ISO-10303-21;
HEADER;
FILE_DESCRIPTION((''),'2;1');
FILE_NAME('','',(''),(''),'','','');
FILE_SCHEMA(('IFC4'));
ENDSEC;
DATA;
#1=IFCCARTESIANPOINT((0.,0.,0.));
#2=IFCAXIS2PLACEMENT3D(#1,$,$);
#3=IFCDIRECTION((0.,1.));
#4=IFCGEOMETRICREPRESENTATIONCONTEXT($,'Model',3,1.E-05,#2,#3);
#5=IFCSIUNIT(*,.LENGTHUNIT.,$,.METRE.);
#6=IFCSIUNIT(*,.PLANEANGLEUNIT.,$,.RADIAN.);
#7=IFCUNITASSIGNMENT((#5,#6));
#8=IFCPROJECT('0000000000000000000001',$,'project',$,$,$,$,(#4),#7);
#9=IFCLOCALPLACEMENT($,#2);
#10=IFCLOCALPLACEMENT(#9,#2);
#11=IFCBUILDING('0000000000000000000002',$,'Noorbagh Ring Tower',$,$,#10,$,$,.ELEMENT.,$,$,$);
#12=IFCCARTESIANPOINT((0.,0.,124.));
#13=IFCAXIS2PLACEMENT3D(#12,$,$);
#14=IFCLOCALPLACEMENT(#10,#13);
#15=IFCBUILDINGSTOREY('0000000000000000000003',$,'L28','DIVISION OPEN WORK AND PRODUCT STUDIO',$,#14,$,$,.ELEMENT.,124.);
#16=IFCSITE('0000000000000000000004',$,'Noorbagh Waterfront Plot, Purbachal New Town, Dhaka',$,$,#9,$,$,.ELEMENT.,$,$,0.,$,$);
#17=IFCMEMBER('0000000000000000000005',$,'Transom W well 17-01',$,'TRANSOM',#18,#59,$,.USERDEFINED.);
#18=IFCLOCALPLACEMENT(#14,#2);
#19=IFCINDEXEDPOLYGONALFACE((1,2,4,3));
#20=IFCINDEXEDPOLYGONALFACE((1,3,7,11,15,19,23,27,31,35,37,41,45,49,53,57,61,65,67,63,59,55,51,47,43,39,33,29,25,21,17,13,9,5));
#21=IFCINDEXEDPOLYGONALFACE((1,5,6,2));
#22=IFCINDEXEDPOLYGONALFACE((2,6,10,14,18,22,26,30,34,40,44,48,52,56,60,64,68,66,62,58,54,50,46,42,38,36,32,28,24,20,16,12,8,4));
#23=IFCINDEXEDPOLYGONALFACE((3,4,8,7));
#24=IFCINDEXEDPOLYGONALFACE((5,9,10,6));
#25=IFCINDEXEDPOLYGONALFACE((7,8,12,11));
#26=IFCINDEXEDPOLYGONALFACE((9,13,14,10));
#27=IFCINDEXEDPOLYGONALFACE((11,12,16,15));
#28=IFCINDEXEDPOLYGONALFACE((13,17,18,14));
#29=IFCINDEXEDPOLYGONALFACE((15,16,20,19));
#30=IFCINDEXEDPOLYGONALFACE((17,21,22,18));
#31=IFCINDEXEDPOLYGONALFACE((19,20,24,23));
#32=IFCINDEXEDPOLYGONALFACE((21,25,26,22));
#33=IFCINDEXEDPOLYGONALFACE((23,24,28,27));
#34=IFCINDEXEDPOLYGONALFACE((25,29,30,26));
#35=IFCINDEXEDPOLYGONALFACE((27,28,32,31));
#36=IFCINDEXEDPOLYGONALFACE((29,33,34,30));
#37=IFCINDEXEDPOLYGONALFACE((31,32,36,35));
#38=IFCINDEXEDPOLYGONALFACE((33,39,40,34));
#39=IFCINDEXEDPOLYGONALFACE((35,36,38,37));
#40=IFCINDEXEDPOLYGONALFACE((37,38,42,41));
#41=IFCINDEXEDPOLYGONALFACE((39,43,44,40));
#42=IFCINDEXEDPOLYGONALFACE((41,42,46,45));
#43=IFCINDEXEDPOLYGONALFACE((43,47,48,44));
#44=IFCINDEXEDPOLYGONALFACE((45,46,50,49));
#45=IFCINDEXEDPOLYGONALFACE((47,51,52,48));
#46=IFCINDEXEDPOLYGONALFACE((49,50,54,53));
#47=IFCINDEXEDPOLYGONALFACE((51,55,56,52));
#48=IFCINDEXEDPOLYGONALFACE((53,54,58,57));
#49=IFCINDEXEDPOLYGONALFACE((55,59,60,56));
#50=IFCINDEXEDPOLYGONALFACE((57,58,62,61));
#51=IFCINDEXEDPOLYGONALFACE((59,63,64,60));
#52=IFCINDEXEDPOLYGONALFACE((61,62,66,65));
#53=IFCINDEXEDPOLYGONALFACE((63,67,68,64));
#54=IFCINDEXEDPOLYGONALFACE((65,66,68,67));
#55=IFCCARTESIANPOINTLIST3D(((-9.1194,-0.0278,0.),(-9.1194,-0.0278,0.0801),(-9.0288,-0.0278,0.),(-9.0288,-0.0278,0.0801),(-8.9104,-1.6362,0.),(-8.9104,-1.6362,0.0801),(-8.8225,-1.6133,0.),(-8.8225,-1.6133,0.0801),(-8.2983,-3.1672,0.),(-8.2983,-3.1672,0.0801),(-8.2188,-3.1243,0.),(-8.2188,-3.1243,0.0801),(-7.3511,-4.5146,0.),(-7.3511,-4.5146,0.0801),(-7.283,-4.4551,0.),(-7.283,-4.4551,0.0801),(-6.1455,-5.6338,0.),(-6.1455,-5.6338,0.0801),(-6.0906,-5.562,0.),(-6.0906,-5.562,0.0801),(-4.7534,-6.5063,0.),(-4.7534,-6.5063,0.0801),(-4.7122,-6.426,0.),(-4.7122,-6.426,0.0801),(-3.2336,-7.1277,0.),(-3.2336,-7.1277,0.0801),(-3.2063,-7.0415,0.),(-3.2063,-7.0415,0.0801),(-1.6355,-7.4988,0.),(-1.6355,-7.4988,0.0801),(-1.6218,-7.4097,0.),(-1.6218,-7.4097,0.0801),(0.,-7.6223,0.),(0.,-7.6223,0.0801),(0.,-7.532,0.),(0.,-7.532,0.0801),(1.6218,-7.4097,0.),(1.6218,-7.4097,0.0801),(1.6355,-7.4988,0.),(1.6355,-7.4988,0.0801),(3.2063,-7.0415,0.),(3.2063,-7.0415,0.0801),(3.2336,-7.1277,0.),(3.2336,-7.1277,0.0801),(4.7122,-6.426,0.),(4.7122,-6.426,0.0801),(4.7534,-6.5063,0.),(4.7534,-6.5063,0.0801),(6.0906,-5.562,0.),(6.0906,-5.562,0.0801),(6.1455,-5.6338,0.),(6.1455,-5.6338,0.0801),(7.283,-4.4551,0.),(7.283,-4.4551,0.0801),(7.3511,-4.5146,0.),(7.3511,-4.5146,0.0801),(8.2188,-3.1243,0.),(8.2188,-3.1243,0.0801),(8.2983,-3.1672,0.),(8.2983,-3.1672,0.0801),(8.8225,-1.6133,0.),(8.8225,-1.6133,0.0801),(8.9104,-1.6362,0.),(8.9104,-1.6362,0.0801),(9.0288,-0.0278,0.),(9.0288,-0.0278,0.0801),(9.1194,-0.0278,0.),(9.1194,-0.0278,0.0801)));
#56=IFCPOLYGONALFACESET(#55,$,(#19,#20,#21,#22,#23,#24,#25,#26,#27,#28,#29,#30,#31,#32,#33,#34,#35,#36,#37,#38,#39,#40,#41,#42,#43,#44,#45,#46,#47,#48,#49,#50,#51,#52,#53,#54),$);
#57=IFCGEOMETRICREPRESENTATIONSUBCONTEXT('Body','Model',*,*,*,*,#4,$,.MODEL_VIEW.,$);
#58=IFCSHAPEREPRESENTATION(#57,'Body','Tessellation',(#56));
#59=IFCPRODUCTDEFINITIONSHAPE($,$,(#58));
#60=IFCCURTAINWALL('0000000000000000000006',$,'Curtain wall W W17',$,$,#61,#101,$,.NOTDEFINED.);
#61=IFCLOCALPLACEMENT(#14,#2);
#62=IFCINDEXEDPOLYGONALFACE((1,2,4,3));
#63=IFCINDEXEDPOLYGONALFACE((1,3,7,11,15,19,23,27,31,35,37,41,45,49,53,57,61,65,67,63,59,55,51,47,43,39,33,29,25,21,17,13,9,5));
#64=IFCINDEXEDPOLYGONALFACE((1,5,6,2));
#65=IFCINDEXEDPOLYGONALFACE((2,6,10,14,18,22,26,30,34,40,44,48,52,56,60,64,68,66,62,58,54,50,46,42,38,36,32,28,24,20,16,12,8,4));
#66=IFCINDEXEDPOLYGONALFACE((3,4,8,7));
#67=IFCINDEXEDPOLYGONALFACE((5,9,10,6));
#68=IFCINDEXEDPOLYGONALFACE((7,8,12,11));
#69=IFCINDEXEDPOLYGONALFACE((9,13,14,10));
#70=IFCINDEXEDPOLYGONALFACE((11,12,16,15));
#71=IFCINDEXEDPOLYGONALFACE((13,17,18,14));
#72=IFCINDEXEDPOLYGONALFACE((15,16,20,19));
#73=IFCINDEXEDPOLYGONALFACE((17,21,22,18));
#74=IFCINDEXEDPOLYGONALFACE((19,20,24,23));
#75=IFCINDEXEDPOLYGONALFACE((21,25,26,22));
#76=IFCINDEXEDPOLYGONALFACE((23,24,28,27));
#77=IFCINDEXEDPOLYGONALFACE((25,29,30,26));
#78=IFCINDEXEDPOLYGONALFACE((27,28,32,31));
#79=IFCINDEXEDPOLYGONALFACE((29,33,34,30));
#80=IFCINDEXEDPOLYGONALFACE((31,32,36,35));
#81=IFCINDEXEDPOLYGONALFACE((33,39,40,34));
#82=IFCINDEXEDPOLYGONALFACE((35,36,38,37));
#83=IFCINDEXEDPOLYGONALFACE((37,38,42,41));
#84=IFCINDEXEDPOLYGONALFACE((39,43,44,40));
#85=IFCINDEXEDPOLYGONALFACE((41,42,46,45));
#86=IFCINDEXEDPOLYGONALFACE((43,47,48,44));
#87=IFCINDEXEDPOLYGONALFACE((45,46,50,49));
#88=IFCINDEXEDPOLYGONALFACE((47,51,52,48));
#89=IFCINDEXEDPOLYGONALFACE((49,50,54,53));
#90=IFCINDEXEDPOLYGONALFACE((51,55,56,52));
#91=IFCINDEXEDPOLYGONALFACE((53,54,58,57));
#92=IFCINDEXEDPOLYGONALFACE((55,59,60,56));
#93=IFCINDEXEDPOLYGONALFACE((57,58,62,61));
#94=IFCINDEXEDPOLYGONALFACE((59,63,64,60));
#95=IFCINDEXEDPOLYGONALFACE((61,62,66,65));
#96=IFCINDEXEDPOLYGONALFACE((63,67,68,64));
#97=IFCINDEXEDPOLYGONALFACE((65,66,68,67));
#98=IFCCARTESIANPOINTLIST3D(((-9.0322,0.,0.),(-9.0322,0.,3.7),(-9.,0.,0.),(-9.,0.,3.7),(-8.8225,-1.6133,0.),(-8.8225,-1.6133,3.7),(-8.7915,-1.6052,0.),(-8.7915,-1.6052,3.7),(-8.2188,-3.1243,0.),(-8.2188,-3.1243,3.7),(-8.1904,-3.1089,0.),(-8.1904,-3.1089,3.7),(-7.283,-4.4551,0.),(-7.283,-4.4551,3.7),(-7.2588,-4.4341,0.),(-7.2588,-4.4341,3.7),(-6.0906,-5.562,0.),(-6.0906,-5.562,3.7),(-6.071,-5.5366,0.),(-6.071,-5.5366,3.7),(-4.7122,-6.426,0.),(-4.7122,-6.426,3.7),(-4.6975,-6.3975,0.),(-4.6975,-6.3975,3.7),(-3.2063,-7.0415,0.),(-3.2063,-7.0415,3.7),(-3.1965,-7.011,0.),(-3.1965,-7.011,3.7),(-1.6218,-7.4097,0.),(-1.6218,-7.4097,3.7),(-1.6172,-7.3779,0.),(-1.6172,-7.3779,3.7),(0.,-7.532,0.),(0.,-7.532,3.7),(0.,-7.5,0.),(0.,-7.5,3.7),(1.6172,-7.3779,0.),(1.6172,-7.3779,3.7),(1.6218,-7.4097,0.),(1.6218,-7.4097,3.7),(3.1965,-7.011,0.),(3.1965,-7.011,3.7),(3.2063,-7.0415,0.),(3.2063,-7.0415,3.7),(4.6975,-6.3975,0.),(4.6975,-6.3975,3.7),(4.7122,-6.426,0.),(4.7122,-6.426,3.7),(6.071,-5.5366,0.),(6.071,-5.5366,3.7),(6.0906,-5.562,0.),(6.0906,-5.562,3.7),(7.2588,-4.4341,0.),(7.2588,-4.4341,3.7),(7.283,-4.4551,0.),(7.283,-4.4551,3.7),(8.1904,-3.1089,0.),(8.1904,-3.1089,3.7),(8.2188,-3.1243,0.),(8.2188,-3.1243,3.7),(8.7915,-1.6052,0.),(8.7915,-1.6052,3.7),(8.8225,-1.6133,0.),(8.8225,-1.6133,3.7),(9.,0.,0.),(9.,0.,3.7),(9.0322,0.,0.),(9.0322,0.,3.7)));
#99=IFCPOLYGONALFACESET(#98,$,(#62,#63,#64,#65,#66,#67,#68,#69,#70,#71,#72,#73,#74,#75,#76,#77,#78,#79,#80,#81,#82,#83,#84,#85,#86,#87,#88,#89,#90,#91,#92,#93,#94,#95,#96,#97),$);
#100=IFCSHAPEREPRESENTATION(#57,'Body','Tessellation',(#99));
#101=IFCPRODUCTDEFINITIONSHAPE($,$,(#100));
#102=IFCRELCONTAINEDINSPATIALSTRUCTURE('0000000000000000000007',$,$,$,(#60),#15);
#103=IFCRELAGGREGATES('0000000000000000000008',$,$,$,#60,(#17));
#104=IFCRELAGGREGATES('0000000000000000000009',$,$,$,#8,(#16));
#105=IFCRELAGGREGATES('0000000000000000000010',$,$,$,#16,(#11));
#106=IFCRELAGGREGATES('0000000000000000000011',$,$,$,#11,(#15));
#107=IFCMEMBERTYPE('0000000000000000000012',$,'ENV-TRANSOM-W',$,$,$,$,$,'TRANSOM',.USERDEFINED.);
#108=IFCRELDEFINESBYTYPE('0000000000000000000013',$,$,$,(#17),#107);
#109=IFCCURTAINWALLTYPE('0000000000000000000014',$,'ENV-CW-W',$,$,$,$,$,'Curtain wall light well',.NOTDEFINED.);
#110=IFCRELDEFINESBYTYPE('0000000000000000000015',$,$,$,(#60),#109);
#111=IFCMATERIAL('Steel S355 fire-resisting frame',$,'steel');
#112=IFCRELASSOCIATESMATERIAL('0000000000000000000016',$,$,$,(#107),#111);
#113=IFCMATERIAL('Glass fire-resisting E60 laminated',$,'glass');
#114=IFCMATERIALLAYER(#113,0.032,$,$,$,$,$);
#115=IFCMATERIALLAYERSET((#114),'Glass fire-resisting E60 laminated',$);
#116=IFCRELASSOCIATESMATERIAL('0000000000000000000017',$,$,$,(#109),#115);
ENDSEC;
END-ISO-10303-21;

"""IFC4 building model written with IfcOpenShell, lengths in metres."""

from ifc_helpers import new_model, si_unit, direction, frame, origin, place, context, subcontext, project, spatial, polyline, outline, extrude, material, layer, layer_set, type_object, element, aggregate, save


model = new_model("IFC4")

# Units and contexts
model_context = context("Model", 3, precision=1e-05, world=origin(), true_north=direction((0.0, 1.0)))
body_context = subcontext(model_context, "Body", "Model", "MODEL_VIEW")
ifc_project = project(units=[si_unit("LENGTHUNIT", "METRE"), si_unit("PLANEANGLEUNIT", "RADIAN")], contexts=[model_context])

# Member
site_placement = place(None, origin())
building_placement = place(site_placement, origin())
storey_placement = place(building_placement, frame((0.0, 0.0, 124.0)))
ifc_material_1 = material(Name="Steel S355 fire-resisting frame", Category="steel")
member_type_1 = type_object("IfcMemberType", Name="ENV-TRANSOM-W", ElementType="TRANSOM", PredefinedType="USERDEFINED", material=ifc_material_1)
member_1_placement = place(storey_placement, origin())
member_1 = element("IfcMember", 1, at=member_1_placement, type_object=member_type_1, Name="Transom W well 17-01", ObjectType="TRANSOM", PredefinedType="USERDEFINED", context=body_context, shape_type="SweptSolid", body=[
    extrude(outline(polyline([(-9.1194, -0.0278), (-8.9104, -1.6362), (-8.2983, -3.1672), (-7.3511, -4.5146), (-6.1455, -5.6338), (-4.7534, -6.5063), (-3.2336, -7.1277), (-1.6355, -7.4988), (0.0, -7.6223), (1.6355, -7.4988), (3.2336, -7.1277), (4.7534, -6.5063), (6.1455, -5.6338), (7.3511, -4.5146), (8.2983, -3.1672), (8.9104, -1.6362), (9.1194, -0.0278), (9.0288, -0.0278), (8.8225, -1.6133), (8.2188, -3.1243), (7.283, -4.4551), (6.0906, -5.562), (4.7122, -6.426), (3.2063, -7.0415), (1.6218, -7.4097), (0.0, -7.532), (-1.6218, -7.4097), (-3.2063, -7.0415), (-4.7122, -6.426), (-6.0906, -5.562), (-7.283, -4.4551), (-8.2188, -3.1243), (-8.8225, -1.6133), (-9.0288, -0.0278), (-9.1194, -0.0278)])), origin(), (0.0, 0.0, 1.0), 0.0801),
])

# Site, building, storey
site = spatial("IfcSite", under=ifc_project, at=site_placement, Name="Noorbagh Waterfront Plot, Purbachal New Town, Dhaka", CompositionType="ELEMENT", RefElevation=0.0)
building = spatial("IfcBuilding", under=site, at=building_placement, Name="Noorbagh Ring Tower", CompositionType="ELEMENT")
storey = spatial("IfcBuildingStorey", under=building, at=storey_placement, Name="L28", Description="DIVISION OPEN WORK AND PRODUCT STUDIO", CompositionType="ELEMENT", Elevation=124.0)

# Curtain wall
ifc_material_2 = material(Name="Glass fire-resisting E60 laminated", Category="glass")
ifc_layer_1 = layer(ifc_material_2, 0.032)
ifc_layer_set_1 = layer_set([ifc_layer_1], Name="Glass fire-resisting E60 laminated")
curtain_wall_type_1 = type_object("IfcCurtainWallType", Name="ENV-CW-W", ElementType="Curtain wall light well", PredefinedType="NOTDEFINED", material=ifc_layer_set_1)
curtain_wall_1_placement = place(storey_placement, origin())
curtain_wall_1 = element("IfcCurtainWall", 2, at=curtain_wall_1_placement, inside=storey, type_object=curtain_wall_type_1, Name="Curtain wall W W17", PredefinedType="NOTDEFINED", context=body_context, shape_type="SweptSolid", body=[
    extrude(outline(polyline([(-9.0322, 0.0), (-8.8225, -1.6133), (-8.2188, -3.1243), (-7.283, -4.4551), (-6.0906, -5.562), (-4.7122, -6.426), (-3.2063, -7.0415), (-1.6218, -7.4097), (0.0, -7.532), (1.6218, -7.4097), (3.2063, -7.0415), (4.7122, -6.426), (6.0906, -5.562), (7.283, -4.4551), (8.2188, -3.1243), (8.8225, -1.6133), (9.0322, 0.0), (9.0, 0.0), (8.7915, -1.6052), (8.1904, -3.1089), (7.2588, -4.4341), (6.071, -5.5366), (4.6975, -6.3975), (3.1965, -7.011), (1.6172, -7.3779), (0.0, -7.5), (-1.6172, -7.3779), (-3.1965, -7.011), (-4.6975, -6.3975), (-6.071, -5.5366), (-7.2588, -4.4341), (-8.1904, -3.1089), (-8.7915, -1.6052), (-9.0, 0.0), (-9.0322, 0.0)])), origin(), (0.0, 0.0, 1.0), 3.7),
])
aggregate(curtain_wall_1, [member_1])

save(model, "model.ifc")
